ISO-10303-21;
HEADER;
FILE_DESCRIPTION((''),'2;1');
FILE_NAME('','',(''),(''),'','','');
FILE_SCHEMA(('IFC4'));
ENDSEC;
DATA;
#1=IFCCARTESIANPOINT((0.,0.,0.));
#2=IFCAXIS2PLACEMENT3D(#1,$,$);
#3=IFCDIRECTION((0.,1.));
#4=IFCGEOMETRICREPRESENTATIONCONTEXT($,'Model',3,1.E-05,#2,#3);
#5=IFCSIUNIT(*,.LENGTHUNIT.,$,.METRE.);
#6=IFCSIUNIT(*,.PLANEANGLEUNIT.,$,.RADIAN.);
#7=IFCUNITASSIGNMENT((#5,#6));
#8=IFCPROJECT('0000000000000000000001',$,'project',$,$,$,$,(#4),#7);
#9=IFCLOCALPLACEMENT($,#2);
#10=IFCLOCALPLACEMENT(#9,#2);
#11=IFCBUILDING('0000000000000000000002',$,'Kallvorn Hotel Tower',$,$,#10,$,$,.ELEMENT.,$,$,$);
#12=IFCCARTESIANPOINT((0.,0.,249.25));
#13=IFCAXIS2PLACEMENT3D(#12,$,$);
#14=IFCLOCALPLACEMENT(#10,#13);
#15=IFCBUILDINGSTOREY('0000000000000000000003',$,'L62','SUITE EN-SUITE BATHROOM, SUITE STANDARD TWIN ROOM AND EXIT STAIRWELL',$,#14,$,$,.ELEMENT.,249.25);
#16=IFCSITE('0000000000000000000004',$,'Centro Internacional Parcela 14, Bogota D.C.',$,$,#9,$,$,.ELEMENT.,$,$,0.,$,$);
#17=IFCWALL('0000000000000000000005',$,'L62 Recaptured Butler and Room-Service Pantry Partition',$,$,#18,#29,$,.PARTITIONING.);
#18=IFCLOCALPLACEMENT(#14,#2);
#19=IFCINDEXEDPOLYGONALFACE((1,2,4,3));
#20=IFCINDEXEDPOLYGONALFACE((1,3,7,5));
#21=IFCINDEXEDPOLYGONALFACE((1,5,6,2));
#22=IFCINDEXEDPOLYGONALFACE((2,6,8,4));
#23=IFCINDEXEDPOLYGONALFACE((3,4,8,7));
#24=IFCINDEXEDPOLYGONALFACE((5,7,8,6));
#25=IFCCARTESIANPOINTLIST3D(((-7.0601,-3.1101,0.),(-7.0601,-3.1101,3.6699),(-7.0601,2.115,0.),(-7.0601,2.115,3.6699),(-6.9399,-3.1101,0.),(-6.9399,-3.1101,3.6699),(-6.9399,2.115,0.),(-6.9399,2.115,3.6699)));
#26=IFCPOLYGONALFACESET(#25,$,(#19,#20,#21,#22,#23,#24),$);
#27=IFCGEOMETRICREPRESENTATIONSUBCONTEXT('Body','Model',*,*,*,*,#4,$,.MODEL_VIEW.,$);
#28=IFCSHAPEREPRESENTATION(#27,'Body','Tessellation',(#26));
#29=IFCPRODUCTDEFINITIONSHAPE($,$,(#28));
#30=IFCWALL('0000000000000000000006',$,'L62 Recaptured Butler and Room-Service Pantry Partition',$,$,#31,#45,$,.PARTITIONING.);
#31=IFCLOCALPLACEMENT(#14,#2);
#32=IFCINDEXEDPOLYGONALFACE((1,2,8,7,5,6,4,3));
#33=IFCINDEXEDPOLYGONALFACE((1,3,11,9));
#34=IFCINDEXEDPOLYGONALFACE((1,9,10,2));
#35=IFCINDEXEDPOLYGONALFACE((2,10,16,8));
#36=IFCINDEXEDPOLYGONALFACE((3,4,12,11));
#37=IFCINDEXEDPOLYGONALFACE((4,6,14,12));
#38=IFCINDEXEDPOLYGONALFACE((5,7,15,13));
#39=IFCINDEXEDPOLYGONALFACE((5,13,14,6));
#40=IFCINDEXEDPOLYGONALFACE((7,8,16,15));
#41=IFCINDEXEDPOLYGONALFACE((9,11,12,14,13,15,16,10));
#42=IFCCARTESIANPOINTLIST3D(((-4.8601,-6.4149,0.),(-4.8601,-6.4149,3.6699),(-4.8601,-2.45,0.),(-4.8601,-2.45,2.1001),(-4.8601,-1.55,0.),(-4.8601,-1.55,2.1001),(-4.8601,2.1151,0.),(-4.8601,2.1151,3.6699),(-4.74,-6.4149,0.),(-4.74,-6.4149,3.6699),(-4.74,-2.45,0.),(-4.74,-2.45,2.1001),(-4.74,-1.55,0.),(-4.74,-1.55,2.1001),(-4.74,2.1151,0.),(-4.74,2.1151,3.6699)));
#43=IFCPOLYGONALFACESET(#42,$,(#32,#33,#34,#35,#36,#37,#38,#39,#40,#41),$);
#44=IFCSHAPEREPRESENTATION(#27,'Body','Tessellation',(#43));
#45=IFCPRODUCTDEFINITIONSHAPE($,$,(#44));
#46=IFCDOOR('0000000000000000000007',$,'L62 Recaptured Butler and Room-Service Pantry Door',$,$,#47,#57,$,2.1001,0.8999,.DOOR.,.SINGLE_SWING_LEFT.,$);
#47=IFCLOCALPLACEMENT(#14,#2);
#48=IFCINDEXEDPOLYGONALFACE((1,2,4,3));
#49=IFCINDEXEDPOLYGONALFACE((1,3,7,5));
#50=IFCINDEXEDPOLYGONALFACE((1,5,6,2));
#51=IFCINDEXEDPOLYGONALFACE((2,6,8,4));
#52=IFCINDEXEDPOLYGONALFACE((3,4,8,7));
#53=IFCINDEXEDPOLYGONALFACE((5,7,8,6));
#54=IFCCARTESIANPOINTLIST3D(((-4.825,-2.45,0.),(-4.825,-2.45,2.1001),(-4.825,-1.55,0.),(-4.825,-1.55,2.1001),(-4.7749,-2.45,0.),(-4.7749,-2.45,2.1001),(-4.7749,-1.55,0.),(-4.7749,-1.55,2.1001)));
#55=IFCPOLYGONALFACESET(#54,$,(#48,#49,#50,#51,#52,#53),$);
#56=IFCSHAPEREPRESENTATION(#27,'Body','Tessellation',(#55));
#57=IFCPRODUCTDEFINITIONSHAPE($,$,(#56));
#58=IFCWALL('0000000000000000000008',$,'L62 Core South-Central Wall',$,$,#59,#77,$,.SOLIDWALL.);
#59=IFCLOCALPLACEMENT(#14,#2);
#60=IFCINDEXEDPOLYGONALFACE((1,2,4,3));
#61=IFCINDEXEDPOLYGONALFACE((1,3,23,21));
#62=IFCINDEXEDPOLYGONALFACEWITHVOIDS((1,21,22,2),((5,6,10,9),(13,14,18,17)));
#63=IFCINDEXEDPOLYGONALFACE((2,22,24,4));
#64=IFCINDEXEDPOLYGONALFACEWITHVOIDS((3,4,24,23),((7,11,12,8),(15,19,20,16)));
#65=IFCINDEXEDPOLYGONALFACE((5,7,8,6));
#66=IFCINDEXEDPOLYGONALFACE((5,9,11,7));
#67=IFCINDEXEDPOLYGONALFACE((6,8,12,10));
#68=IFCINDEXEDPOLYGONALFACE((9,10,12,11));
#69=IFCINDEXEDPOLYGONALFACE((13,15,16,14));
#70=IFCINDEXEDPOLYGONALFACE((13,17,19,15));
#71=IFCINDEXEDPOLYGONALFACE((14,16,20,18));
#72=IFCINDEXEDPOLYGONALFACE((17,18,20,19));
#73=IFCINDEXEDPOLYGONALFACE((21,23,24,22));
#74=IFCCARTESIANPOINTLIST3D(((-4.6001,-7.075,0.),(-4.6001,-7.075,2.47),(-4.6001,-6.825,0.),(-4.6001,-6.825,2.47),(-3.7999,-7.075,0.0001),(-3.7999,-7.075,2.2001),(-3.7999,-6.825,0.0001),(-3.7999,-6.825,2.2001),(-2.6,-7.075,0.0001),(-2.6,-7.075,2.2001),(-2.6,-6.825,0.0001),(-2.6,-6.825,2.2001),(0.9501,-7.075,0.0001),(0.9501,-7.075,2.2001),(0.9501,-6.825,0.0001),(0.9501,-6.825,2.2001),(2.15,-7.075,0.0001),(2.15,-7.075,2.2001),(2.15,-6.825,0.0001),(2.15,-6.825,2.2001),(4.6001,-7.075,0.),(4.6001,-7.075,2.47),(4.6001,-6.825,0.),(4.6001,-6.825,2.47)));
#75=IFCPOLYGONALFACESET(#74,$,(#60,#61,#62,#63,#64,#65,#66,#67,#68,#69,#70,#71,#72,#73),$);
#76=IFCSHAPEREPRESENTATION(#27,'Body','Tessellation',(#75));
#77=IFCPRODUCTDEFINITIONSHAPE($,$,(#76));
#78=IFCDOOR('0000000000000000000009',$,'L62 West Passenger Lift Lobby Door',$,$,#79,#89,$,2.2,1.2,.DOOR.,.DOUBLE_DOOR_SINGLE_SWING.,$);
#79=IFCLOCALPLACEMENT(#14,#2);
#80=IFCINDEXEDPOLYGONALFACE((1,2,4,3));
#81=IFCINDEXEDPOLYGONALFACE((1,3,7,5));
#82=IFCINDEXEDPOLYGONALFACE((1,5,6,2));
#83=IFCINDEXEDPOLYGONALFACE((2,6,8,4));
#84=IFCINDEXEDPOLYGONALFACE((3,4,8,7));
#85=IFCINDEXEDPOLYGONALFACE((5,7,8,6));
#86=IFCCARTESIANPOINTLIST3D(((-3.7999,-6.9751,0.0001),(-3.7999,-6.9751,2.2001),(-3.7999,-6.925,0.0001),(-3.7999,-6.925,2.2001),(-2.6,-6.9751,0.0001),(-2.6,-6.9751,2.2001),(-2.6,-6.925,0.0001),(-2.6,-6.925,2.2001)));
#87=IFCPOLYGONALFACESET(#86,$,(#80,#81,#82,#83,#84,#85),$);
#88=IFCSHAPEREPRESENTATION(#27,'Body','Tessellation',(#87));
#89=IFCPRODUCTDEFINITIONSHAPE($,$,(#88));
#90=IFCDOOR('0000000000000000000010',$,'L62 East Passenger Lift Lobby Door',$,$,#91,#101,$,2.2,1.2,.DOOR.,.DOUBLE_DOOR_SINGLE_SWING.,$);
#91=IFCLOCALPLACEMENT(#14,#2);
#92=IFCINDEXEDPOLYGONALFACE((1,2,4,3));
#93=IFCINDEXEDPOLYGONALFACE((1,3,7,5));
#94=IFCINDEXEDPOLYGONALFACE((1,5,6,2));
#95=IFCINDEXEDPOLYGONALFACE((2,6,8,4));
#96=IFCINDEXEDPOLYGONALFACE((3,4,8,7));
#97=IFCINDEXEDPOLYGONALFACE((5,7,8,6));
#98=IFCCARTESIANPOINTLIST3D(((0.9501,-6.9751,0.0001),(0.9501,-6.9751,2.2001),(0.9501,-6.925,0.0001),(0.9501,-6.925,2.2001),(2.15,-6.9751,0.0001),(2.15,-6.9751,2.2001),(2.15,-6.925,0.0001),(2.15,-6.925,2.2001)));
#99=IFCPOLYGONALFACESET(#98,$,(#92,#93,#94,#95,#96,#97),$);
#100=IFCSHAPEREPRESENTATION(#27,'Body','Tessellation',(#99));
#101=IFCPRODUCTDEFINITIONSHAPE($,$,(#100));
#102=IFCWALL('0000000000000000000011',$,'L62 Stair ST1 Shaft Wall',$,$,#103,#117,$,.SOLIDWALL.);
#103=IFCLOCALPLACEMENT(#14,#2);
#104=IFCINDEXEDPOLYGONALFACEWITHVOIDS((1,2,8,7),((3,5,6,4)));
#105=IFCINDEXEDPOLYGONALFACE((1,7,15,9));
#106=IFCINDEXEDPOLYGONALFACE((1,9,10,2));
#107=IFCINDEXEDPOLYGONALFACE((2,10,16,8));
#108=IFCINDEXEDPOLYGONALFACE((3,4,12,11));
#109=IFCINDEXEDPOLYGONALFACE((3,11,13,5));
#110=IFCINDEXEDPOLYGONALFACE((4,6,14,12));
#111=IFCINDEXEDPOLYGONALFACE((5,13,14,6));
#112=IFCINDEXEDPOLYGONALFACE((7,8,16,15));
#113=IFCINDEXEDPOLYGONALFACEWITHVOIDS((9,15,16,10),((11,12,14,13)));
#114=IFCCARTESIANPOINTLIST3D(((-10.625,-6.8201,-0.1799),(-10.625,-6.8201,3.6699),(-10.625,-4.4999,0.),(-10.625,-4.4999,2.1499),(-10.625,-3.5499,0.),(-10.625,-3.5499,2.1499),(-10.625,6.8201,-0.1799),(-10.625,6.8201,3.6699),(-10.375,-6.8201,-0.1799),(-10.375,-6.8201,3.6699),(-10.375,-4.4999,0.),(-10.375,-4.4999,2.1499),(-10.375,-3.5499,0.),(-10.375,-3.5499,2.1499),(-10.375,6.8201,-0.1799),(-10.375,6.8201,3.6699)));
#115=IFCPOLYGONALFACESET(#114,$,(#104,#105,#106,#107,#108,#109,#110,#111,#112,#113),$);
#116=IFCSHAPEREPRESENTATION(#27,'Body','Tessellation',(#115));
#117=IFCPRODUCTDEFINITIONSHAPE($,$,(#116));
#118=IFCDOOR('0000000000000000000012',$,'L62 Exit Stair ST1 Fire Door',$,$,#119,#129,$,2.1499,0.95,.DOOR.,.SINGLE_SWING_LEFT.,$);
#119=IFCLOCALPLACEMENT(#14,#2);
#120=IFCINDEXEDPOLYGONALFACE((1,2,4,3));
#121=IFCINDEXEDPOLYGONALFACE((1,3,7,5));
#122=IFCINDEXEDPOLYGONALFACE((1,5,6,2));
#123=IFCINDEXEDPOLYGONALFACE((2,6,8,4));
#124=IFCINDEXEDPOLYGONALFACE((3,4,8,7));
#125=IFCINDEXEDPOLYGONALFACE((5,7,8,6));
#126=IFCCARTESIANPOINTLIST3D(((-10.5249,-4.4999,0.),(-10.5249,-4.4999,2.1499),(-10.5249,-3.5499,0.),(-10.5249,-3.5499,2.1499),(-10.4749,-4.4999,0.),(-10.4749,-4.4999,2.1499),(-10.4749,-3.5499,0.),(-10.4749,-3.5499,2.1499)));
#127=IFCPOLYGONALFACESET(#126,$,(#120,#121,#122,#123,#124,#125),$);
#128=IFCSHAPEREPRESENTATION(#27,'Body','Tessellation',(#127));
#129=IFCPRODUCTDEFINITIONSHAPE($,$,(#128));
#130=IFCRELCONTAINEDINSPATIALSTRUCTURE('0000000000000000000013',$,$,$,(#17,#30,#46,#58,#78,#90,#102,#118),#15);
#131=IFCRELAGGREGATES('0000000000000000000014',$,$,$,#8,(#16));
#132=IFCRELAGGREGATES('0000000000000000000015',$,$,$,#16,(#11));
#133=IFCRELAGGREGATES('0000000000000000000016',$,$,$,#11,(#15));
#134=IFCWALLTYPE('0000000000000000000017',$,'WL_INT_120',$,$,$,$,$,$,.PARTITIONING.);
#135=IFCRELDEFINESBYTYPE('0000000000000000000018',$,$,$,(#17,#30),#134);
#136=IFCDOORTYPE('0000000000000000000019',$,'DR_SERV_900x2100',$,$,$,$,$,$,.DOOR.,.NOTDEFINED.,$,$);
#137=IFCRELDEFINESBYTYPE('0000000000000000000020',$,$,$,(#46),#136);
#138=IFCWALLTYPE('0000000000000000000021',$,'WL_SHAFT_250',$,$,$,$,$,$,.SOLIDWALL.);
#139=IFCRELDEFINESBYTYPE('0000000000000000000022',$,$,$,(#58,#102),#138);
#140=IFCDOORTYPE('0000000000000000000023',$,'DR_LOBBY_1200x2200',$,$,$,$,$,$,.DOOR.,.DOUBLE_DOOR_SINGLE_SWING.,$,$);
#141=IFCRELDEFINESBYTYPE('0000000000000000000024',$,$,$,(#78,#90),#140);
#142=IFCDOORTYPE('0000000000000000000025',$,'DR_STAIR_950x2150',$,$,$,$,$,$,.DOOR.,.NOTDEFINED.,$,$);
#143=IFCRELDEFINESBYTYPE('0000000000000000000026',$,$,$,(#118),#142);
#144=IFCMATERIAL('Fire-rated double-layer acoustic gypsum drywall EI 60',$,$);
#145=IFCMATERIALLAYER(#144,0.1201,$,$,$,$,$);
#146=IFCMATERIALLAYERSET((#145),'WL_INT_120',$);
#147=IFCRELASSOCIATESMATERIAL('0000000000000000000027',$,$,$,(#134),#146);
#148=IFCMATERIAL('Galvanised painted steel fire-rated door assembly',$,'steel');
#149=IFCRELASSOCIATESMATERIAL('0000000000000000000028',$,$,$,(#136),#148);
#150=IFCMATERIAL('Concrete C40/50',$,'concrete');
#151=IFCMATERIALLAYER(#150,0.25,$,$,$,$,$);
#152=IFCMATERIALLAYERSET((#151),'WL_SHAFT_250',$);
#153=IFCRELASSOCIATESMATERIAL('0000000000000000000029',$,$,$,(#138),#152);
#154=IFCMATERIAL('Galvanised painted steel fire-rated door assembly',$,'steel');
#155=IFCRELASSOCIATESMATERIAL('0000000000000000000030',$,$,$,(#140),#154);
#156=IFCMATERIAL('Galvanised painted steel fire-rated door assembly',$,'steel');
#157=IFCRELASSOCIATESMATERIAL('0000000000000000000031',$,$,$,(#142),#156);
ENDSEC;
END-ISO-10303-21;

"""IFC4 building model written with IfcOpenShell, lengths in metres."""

from ifc_helpers import new_model, si_unit, direction, frame, frame_2d, origin, place, context, subcontext, project, spatial, rectangle, extrude, material, layer, layer_set, type_object, element, fill, save


model = new_model("IFC4")

# Units and contexts
model_context = context("Model", 3, precision=1e-05, world=origin(), true_north=direction((0.0, 1.0)))
body_context = subcontext(model_context, "Body", "Model", "MODEL_VIEW")
ifc_project = project(units=[si_unit("LENGTHUNIT", "METRE"), si_unit("PLANEANGLEUNIT", "RADIAN")], contexts=[model_context])

# Site, building, storey
site_placement = place(None, origin())
site = spatial("IfcSite", under=ifc_project, at=site_placement, Name="Centro Internacional Parcela 14, Bogota D.C.", CompositionType="ELEMENT", RefElevation=0.0)
building_placement = place(site_placement, origin())
building = spatial("IfcBuilding", under=site, at=building_placement, Name="Kallvorn Hotel Tower", CompositionType="ELEMENT")
storey_placement = place(building_placement, frame((0.0, 0.0, 249.25)))
storey = spatial("IfcBuildingStorey", under=building, at=storey_placement, Name="L62", Description="SUITE EN-SUITE BATHROOM, SUITE STANDARD TWIN ROOM AND EXIT STAIRWELL", CompositionType="ELEMENT", Elevation=249.25)

# Wall
ifc_material_1 = material(Name="Fire-rated double-layer acoustic gypsum drywall EI 60")
ifc_layer_1 = layer(ifc_material_1, 0.1201)
ifc_layer_set_1 = layer_set([ifc_layer_1], Name="WL_INT_120")
wall_type_1 = type_object("IfcWallType", Name="WL_INT_120", PredefinedType="PARTITIONING", material=ifc_layer_set_1)
wall_1_placement = place(storey_placement, frame((-7.0, -3.1101, 0.0), z_axis=(0.0, 0.0, 1.0), x_axis=(0.0, 1.0, 0.0)))
element("IfcWall", 1, at=wall_1_placement, inside=storey, type_object=wall_type_1, Name="L62 Recaptured Butler and Room-Service Pantry Partition", PredefinedType="PARTITIONING", context=body_context, shape_type="SweptSolid", body=[
    extrude(rectangle(XDim=5.2251, YDim=0.1201, at=frame_2d((2.6125, 0.0))), origin(), (0.0, 0.0, 1.0), 3.6699),
])

# Wall, opening, door
wall_2_placement = place(storey_placement, frame((-4.8, -6.415, 0.0), z_axis=(0.0, 0.0, 1.0), x_axis=(0.0, 1.0, 0.0)))
wall_2 = element("IfcWall", 2, at=wall_2_placement, inside=storey, type_object=wall_type_1, Name="L62 Recaptured Butler and Room-Service Pantry Partition", PredefinedType="PARTITIONING", context=body_context, shape_type="SweptSolid", body=[
    extrude(rectangle(XDim=8.53, YDim=0.1201, at=frame_2d((4.2651, 0.0))), origin(), (0.0, 0.0, 1.0), 3.6699),
])
opening_1_placement = place(wall_2_placement, frame((3.9651, 0.0, 0.0)))
opening_1 = element("IfcOpeningElement", 3, at=opening_1_placement, cuts=wall_2, PredefinedType="OPENING", context=body_context, shape_type="SweptSolid", body=[
    extrude(rectangle(XDim=0.8999, YDim=2.1001, at=frame_2d((0.45, 1.05))), frame((0.0, 0.075, 0.0), z_axis=(0.0, -1.0, 0.0), x_axis=(1.0, 0.0, 0.0)), (0.0, 0.0, 1.0), 0.1501),
])
ifc_material_2 = material(Name="Galvanised painted steel fire-rated door assembly", Category="steel")
door_type_1 = type_object("IfcDoorType", Name="DR_SERV_900x2100", OperationType="NOTDEFINED", PredefinedType="DOOR", material=ifc_material_2)
door_1_placement = place(opening_1_placement, origin())
door_1 = element("IfcDoor", 4, at=door_1_placement, inside=storey, type_object=door_type_1, Name="L62 Recaptured Butler and Room-Service Pantry Door", OperationType="SINGLE_SWING_LEFT", OverallHeight=2.1001, OverallWidth=0.8999, PredefinedType="DOOR", context=body_context, shape_type="SweptSolid", body=[
    extrude(rectangle(XDim=0.8999, YDim=2.1001, at=frame_2d((0.45, 1.05))), frame((0.0, 0.0249, 0.0), z_axis=(0.0, -1.0, 0.0), x_axis=(1.0, 0.0, 0.0)), (0.0, 0.0, 1.0), 0.05),
])
fill(opening_1, door_1)

# Wall, openings, doors
ifc_material_3 = material(Name="Concrete C40/50", Category="concrete")
ifc_layer_2 = layer(ifc_material_3, 0.25)
ifc_layer_set_2 = layer_set([ifc_layer_2], Name="WL_SHAFT_250")
wall_type_2 = type_object("IfcWallType", Name="WL_SHAFT_250", PredefinedType="SOLIDWALL", material=ifc_layer_set_2)
wall_3_placement = place(storey_placement, frame((-4.6001, -6.95, 0.0), z_axis=(0.0, 0.0, 1.0), x_axis=(1.0, 0.0, 0.0)))
wall_3 = element("IfcWall", 5, at=wall_3_placement, inside=storey, type_object=wall_type_2, Name="L62 Core South-Central Wall", PredefinedType="SOLIDWALL", context=body_context, shape_type="SweptSolid", body=[
    extrude(rectangle(XDim=9.2002, YDim=0.25, at=frame_2d((4.6001, 0.0))), origin(), (0.0, 0.0, 1.0), 2.47),
])
opening_2_placement = place(wall_3_placement, frame((0.8, 0.0, 0.0)))
opening_2 = element("IfcOpeningElement", 6, at=opening_2_placement, cuts=wall_3, PredefinedType="OPENING", context=body_context, shape_type="SweptSolid", body=[
    extrude(rectangle(XDim=1.2, YDim=2.2, at=frame_2d((0.6001, 1.1001))), frame((0.0, 0.1399, 0.0), z_axis=(0.0, -1.0, 0.0), x_axis=(1.0, 0.0, 0.0)), (0.0, 0.0, 1.0), 0.28),
])
opening_3_placement = place(wall_3_placement, frame((5.55, 0.0, 0.0)))
opening_3 = element("IfcOpeningElement", 7, at=opening_3_placement, cuts=wall_3, PredefinedType="OPENING", context=body_context, shape_type="SweptSolid", body=[
    extrude(rectangle(XDim=1.2, YDim=2.2, at=frame_2d((0.6001, 1.1001))), frame((0.0, 0.1399, 0.0), z_axis=(0.0, -1.0, 0.0), x_axis=(1.0, 0.0, 0.0)), (0.0, 0.0, 1.0), 0.28),
])
ifc_material_4 = material(Name="Galvanised painted steel fire-rated door assembly", Category="steel")
door_type_2 = type_object("IfcDoorType", Name="DR_LOBBY_1200x2200", OperationType="DOUBLE_DOOR_SINGLE_SWING", PredefinedType="DOOR", material=ifc_material_4)
door_2_placement = place(opening_2_placement, origin())
door_2 = element("IfcDoor", 8, at=door_2_placement, inside=storey, type_object=door_type_2, Name="L62 West Passenger Lift Lobby Door", OperationType="DOUBLE_DOOR_SINGLE_SWING", OverallHeight=2.2, OverallWidth=1.2, PredefinedType="DOOR", context=body_context, shape_type="SweptSolid", body=[
    extrude(rectangle(XDim=1.2, YDim=2.2, at=frame_2d((0.6001, 1.1001))), frame((0.0, 0.0249, 0.0), z_axis=(0.0, -1.0, 0.0), x_axis=(1.0, 0.0, 0.0)), (0.0, 0.0, 1.0), 0.05),
])
fill(opening_2, door_2)
door_3_placement = place(opening_3_placement, origin())
door_3 = element("IfcDoor", 9, at=door_3_placement, inside=storey, type_object=door_type_2, Name="L62 East Passenger Lift Lobby Door", OperationType="DOUBLE_DOOR_SINGLE_SWING", OverallHeight=2.2, OverallWidth=1.2, PredefinedType="DOOR", context=body_context, shape_type="SweptSolid", body=[
    extrude(rectangle(XDim=1.2, YDim=2.2, at=frame_2d((0.6001, 1.1001))), frame((0.0, 0.0249, 0.0), z_axis=(0.0, -1.0, 0.0), x_axis=(1.0, 0.0, 0.0)), (0.0, 0.0, 1.0), 0.05),
])
fill(opening_3, door_3)

# Wall, opening, door
wall_4_placement = place(storey_placement, frame((-10.5, -6.8201, -0.1799), z_axis=(0.0, 0.0, 1.0), x_axis=(0.0, 1.0, 0.0)))
wall_4 = element("IfcWall", 10, at=wall_4_placement, inside=storey, type_object=wall_type_2, Name="L62 Stair ST1 Shaft Wall", PredefinedType="SOLIDWALL", context=body_context, shape_type="SweptSolid", body=[
    extrude(rectangle(XDim=13.6401, YDim=0.25, at=frame_2d((6.8201, 0.0))), origin(), (0.0, 0.0, 1.0), 3.8499),
])
opening_4_placement = place(wall_4_placement, frame((2.3201, 0.0, 0.1799)))
opening_4 = element("IfcOpeningElement", 11, at=opening_4_placement, cuts=wall_4, PredefinedType="OPENING", context=body_context, shape_type="SweptSolid", body=[
    extrude(rectangle(XDim=0.95, YDim=2.1499, at=frame_2d((0.4751, 1.075))), frame((0.0, 0.1399, 0.0), z_axis=(0.0, -1.0, 0.0), x_axis=(1.0, 0.0, 0.0)), (0.0, 0.0, 1.0), 0.28),
])
ifc_material_5 = material(Name="Galvanised painted steel fire-rated door assembly", Category="steel")
door_type_3 = type_object("IfcDoorType", Name="DR_STAIR_950x2150", OperationType="NOTDEFINED", PredefinedType="DOOR", material=ifc_material_5)
door_4_placement = place(opening_4_placement, origin())
door_4 = element("IfcDoor", 12, at=door_4_placement, inside=storey, type_object=door_type_3, Name="L62 Exit Stair ST1 Fire Door", OperationType="SINGLE_SWING_LEFT", OverallHeight=2.1499, OverallWidth=0.95, PredefinedType="DOOR", context=body_context, shape_type="SweptSolid", body=[
    extrude(rectangle(XDim=0.95, YDim=2.1499, at=frame_2d((0.4751, 1.075))), frame((0.0, 0.0249, 0.0), z_axis=(0.0, -1.0, 0.0), x_axis=(1.0, 0.0, 0.0)), (0.0, 0.0, 1.0), 0.05),
])
fill(opening_4, door_4)

save(model, "model.ifc")
